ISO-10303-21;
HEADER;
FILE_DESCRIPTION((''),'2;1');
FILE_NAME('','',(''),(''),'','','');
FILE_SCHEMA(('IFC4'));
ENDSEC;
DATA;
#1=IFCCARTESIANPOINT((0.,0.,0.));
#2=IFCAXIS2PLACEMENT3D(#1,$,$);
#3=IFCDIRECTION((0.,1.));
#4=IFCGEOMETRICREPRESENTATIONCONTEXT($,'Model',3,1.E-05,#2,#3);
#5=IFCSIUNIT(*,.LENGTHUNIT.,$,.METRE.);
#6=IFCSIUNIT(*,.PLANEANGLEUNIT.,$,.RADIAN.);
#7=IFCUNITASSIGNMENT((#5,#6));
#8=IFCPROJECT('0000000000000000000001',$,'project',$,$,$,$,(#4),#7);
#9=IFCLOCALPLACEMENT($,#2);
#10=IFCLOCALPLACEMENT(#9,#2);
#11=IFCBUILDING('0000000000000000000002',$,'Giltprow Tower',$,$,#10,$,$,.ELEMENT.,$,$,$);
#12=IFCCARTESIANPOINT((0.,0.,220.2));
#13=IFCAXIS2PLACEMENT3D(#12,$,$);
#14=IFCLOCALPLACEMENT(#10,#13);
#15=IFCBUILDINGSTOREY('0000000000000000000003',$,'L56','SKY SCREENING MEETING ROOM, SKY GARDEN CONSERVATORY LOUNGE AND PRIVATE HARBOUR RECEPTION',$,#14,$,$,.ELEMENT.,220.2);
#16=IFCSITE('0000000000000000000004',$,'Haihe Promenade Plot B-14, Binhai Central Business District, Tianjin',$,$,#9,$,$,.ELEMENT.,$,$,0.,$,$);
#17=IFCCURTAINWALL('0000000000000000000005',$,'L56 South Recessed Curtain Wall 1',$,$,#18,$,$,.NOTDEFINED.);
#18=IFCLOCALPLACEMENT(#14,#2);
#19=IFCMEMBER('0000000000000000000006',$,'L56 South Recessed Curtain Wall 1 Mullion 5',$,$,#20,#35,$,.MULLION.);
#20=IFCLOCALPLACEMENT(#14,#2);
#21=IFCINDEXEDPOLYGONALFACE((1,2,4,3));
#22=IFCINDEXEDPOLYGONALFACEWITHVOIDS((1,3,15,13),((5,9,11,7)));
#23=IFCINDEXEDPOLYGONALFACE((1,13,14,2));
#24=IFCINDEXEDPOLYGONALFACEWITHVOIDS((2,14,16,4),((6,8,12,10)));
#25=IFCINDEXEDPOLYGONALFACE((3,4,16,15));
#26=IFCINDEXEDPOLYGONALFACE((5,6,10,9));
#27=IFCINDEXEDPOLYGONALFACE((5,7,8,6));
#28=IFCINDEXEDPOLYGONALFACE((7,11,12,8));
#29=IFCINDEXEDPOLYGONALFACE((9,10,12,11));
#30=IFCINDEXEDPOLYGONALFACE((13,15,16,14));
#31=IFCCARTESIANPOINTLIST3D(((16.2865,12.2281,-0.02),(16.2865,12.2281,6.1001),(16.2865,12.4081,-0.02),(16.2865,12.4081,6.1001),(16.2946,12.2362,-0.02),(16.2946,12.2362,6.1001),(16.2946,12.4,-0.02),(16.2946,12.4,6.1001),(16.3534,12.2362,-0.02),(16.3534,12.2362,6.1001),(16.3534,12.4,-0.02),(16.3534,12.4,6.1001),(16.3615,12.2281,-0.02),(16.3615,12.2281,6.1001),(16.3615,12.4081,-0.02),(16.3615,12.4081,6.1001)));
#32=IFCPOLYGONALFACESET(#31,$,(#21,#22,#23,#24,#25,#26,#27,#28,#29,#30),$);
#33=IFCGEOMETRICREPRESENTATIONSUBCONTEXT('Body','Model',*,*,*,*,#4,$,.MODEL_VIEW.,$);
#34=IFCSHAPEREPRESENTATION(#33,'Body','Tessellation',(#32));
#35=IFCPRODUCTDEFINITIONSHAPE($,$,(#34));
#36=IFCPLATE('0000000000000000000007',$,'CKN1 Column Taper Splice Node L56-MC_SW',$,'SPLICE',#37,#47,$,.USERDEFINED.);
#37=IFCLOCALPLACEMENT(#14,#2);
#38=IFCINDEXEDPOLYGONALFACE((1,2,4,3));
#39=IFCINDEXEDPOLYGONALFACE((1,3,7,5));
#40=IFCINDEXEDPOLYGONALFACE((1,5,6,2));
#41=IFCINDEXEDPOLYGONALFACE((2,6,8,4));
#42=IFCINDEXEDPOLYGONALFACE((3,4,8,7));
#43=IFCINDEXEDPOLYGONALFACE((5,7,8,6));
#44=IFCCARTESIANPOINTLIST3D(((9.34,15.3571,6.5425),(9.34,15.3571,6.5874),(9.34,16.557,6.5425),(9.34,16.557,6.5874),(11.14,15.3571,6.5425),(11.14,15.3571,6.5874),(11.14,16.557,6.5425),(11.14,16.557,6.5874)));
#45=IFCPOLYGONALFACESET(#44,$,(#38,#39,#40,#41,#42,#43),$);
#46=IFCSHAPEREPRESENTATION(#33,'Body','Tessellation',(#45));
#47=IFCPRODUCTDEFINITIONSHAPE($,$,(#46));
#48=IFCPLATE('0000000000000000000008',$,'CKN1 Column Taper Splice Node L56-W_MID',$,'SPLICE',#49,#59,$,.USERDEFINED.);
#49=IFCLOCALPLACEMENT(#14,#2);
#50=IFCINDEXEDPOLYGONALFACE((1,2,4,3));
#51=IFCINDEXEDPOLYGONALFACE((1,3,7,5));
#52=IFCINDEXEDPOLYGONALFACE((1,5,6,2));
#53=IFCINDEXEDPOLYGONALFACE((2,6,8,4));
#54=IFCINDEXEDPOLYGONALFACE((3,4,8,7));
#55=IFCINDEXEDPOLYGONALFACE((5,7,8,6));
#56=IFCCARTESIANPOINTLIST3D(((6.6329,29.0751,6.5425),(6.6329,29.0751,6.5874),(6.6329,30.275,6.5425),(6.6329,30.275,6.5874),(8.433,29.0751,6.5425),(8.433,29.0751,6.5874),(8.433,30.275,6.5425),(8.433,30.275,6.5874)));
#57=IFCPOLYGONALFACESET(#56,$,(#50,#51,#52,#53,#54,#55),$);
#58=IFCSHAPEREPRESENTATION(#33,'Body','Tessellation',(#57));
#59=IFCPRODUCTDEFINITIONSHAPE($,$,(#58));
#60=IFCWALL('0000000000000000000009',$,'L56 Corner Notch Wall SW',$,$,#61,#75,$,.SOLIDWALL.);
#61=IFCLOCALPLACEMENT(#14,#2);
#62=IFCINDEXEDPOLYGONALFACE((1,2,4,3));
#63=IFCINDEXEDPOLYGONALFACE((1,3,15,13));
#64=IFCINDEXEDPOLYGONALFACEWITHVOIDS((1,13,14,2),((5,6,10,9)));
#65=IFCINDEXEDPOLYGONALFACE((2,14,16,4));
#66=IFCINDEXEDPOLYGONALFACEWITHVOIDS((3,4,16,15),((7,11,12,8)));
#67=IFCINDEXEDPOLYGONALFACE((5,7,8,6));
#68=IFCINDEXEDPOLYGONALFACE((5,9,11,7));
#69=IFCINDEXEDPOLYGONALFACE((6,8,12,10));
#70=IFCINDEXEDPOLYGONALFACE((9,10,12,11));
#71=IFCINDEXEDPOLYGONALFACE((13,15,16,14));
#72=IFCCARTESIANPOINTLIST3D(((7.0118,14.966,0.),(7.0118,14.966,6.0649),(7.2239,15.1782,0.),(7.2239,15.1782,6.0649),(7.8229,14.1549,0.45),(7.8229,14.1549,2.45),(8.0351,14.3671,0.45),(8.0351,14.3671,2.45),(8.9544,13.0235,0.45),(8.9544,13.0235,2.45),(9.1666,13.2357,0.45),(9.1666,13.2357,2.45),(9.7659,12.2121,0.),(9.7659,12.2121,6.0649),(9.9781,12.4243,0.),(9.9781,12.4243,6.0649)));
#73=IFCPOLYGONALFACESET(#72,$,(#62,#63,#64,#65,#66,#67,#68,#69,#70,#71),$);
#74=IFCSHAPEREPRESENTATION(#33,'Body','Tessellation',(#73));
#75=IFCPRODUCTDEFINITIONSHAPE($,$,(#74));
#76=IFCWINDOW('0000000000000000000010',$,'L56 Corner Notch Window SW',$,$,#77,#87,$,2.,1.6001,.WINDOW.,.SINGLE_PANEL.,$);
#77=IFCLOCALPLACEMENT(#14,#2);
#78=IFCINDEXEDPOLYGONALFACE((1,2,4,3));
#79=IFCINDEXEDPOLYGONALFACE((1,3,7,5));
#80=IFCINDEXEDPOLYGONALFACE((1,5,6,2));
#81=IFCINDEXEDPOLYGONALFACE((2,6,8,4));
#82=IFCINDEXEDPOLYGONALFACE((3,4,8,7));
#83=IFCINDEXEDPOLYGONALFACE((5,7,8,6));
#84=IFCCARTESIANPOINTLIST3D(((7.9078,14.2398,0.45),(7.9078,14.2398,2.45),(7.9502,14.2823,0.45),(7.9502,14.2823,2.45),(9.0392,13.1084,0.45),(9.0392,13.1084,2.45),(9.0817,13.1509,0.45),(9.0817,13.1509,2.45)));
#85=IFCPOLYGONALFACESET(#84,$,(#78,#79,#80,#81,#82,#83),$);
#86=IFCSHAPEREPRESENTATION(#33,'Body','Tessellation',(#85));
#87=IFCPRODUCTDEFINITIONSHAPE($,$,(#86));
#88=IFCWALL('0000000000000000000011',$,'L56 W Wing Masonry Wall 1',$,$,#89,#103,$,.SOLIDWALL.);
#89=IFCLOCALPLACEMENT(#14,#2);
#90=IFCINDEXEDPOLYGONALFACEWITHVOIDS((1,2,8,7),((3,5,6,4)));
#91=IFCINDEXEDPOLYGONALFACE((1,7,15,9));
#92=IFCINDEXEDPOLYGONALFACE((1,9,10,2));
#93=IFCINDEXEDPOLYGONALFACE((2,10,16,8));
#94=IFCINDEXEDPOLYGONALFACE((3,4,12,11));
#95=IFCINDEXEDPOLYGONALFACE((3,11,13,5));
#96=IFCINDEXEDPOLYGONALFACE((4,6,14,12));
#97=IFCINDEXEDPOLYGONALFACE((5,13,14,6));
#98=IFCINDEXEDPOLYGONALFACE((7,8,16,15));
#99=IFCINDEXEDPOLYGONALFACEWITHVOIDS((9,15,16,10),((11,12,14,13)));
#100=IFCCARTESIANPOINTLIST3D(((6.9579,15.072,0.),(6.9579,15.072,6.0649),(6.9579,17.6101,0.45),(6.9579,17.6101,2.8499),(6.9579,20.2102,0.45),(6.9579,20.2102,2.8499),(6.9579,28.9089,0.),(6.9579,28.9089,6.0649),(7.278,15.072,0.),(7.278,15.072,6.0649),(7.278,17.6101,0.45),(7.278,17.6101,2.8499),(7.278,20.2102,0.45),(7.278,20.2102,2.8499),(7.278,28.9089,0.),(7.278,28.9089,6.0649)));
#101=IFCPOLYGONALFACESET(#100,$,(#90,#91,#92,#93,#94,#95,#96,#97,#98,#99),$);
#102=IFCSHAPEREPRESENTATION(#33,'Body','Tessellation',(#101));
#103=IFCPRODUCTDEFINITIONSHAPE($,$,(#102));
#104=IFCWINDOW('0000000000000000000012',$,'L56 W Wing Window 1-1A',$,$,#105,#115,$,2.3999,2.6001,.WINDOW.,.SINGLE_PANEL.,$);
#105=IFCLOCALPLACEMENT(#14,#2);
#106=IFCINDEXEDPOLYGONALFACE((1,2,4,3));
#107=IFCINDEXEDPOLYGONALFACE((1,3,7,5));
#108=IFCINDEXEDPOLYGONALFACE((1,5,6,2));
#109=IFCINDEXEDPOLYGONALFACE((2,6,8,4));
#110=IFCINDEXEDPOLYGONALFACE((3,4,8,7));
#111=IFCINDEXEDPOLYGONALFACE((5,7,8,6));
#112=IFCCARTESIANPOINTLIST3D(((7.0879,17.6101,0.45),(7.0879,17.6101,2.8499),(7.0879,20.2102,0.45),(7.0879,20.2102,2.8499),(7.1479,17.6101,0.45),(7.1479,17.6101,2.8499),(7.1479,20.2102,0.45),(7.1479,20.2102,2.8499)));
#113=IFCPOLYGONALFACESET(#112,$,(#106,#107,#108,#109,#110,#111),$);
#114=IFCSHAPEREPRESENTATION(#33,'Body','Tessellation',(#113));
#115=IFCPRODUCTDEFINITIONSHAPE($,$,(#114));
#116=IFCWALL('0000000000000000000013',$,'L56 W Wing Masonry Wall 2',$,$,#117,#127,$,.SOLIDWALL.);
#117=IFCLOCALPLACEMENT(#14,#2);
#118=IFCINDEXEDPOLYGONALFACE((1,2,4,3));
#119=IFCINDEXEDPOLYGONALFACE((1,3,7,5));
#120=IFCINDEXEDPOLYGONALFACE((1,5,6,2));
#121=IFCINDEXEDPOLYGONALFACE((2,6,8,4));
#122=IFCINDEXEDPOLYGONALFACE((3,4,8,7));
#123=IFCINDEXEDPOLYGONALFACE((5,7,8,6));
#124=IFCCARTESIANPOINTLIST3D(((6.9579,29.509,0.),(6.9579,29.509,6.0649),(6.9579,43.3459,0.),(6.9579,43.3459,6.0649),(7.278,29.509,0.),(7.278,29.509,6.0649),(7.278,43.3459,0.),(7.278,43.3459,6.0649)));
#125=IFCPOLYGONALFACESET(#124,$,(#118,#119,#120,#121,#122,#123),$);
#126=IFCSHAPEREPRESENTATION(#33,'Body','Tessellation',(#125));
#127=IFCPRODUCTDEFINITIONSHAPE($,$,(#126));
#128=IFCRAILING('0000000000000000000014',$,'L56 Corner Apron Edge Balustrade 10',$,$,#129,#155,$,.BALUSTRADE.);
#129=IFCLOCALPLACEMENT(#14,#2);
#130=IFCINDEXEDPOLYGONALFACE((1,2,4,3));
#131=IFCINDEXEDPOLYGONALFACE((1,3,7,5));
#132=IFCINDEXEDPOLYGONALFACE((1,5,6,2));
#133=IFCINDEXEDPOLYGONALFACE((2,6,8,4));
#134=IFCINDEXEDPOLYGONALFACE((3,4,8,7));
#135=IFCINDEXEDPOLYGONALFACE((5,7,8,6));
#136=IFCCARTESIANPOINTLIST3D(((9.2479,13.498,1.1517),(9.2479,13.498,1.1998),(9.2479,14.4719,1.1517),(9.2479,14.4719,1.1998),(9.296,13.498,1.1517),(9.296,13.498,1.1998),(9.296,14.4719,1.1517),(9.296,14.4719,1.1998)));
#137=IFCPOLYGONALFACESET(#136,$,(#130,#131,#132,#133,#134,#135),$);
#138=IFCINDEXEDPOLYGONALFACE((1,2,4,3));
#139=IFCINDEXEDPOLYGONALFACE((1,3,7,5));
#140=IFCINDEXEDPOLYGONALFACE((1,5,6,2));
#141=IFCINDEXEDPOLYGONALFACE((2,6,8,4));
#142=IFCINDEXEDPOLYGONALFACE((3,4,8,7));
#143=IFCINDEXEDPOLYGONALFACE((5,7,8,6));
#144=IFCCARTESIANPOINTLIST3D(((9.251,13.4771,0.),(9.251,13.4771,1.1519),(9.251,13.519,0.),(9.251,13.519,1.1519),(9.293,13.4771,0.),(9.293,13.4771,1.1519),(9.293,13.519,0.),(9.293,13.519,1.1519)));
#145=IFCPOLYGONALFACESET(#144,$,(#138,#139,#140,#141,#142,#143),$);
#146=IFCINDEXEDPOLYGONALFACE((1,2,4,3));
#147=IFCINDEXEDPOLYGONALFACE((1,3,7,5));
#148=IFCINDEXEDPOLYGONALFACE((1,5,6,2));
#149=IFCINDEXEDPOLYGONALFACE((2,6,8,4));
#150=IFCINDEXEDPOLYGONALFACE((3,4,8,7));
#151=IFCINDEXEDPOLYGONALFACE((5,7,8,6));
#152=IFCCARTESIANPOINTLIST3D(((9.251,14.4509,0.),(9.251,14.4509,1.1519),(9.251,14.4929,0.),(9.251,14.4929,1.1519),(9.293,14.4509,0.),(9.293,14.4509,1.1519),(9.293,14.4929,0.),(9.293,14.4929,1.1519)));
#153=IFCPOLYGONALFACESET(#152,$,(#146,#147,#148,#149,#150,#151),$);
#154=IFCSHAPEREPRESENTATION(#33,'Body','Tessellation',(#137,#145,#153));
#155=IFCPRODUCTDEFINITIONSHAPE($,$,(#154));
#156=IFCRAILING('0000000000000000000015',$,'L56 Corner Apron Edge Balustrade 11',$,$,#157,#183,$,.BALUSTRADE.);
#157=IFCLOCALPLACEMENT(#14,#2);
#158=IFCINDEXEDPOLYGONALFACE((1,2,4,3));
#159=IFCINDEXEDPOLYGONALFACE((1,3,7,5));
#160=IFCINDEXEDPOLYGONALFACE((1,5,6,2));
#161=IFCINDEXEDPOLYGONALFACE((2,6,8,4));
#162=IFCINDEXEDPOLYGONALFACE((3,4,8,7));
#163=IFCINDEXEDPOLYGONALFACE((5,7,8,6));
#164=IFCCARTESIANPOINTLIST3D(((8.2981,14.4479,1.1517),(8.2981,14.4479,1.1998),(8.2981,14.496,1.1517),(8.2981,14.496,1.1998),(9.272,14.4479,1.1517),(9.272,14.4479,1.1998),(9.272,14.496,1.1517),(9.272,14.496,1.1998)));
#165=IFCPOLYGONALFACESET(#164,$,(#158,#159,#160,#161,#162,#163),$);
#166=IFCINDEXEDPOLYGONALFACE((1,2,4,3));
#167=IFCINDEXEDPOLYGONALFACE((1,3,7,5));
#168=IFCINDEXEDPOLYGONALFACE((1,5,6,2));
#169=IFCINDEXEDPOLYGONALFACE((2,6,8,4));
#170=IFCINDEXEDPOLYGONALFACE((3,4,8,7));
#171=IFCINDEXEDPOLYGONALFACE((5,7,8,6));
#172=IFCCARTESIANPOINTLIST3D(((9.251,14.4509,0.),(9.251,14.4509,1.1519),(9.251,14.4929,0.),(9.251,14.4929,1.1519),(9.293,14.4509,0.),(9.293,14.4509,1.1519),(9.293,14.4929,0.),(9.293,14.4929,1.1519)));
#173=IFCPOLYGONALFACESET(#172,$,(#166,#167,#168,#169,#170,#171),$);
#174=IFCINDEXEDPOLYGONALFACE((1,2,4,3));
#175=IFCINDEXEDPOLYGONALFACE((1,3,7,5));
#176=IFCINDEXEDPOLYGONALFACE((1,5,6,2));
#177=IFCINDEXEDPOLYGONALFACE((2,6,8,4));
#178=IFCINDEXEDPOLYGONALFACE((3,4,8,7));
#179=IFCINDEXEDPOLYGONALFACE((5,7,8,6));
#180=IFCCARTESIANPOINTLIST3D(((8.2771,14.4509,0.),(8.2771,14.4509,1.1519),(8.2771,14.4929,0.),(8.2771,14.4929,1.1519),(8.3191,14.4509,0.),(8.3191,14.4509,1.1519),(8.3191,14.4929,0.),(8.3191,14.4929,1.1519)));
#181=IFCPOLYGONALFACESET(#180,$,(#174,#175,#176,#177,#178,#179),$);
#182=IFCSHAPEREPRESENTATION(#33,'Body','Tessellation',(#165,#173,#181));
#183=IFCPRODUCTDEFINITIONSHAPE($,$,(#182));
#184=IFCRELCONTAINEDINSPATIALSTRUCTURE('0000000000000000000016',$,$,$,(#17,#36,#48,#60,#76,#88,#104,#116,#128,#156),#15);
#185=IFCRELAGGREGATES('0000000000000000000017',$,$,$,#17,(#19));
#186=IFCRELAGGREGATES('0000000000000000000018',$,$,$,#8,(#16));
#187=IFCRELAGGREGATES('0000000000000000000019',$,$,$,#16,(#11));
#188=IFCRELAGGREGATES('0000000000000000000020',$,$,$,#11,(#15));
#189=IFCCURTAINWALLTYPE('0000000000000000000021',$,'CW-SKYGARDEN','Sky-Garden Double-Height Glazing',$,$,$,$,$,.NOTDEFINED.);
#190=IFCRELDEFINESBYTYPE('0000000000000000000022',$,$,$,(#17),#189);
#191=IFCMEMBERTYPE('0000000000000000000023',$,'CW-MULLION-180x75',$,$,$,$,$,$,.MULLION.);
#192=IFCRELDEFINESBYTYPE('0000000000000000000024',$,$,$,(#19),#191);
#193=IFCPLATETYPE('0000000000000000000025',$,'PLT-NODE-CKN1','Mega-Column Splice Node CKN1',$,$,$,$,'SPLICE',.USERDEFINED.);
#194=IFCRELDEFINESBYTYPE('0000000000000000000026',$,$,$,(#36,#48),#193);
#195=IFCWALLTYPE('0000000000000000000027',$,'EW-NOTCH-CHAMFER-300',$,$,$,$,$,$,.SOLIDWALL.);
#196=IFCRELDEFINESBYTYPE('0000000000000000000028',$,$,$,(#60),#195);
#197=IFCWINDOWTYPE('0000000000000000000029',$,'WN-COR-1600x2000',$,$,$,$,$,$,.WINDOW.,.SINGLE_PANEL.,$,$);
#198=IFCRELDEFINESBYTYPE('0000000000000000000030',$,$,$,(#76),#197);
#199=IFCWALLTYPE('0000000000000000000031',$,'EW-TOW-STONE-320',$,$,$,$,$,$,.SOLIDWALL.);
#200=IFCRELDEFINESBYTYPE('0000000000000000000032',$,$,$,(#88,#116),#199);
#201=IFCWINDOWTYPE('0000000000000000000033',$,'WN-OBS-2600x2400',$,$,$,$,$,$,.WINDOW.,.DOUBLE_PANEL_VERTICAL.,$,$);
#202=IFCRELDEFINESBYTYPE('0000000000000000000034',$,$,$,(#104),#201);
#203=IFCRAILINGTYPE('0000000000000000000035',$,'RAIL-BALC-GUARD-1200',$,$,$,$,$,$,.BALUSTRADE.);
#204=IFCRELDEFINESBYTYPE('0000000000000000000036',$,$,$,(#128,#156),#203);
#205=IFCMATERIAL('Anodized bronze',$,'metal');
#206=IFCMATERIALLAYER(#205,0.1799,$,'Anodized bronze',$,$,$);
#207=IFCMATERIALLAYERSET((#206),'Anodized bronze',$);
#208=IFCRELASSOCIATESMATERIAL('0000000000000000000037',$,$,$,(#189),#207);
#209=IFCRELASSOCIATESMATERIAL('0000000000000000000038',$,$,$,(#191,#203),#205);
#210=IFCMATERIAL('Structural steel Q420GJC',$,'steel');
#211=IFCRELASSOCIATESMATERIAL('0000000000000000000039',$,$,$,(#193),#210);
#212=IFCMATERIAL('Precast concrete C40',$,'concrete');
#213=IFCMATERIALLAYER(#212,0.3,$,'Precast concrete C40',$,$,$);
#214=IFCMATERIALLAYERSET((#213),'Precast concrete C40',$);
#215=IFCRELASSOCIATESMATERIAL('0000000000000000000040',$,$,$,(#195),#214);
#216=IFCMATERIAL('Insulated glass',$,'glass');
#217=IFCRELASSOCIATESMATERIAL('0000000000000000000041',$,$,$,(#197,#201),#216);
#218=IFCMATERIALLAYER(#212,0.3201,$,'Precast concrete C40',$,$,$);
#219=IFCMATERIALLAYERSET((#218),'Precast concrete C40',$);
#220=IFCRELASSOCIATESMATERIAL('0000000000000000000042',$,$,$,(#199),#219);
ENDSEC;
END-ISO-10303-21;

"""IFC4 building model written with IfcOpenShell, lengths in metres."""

from ifc_helpers import new_model, si_unit, direction, frame, frame_2d, origin, origin_2d, place, context, subcontext, project, spatial, rectangle, hollow_rectangle, extrude, source, transform, mapped, material, layer, layer_set, material_profile, profile_set, type_object, element, fill, aggregate, save


model = new_model("IFC4")

# Units and contexts
model_context = context("Model", 3, precision=1e-05, world=origin(), true_north=direction((0.0, 1.0)))
body_context = subcontext(model_context, "Body", "Model", "MODEL_VIEW")
ifc_project = project(units=[si_unit("LENGTHUNIT", "METRE"), si_unit("PLANEANGLEUNIT", "RADIAN")], contexts=[model_context])

# Site, building, storey
site_placement = place(None, origin())
site = spatial("IfcSite", under=ifc_project, at=site_placement, Name="Haihe Promenade Plot B-14, Binhai Central Business District, Tianjin", CompositionType="ELEMENT", RefElevation=0.0)
building_placement = place(site_placement, origin())
building = spatial("IfcBuilding", under=site, at=building_placement, Name="Giltprow Tower", CompositionType="ELEMENT")
storey_placement = place(building_placement, frame((0.0, 0.0, 220.2)))
storey = spatial("IfcBuildingStorey", under=building, at=storey_placement, Name="L56", Description="SKY SCREENING MEETING ROOM, SKY GARDEN CONSERVATORY LOUNGE AND PRIVATE HARBOUR RECEPTION", CompositionType="ELEMENT", Elevation=220.2)

# Shared definitions
ifc_material_1 = material(Name="Structural steel Q420GJC", Category="steel")

# Curtain wall, member
ifc_material_2 = material(Name="Anodized bronze", Category="metal")
ifc_layer_1 = layer(ifc_material_2, 0.1799, Name="Anodized bronze")
ifc_layer_set_1 = layer_set([ifc_layer_1], Name="Anodized bronze")
curtain_wall_type = type_object("IfcCurtainWallType", Name="CW-SKYGARDEN", Description="Sky-Garden Double-Height Glazing", PredefinedType="NOTDEFINED", material=ifc_layer_set_1)
curtain_wall_placement = place(storey_placement, origin())
curtain_wall = element("IfcCurtainWall", 1, at=curtain_wall_placement, inside=storey, type_object=curtain_wall_type, Name="L56 South Recessed Curtain Wall 1", PredefinedType="NOTDEFINED")
ifc_material_profile_1 = material_profile(ifc_material_2, hollow_rectangle(XDim=0.075, YDim=0.1799, WallThickness=0.0081, at=origin_2d()), Name="RHS 180x75x8")
ifc_profile_set_1 = profile_set([ifc_material_profile_1], Name="Anodized bronze")
member_type_1 = type_object("IfcMemberType", Name="CW-MULLION-180x75", PredefinedType="MULLION", material=ifc_profile_set_1)
shared_shape_1 = source(origin(), body_context, "Body", "SweptSolid", [
    extrude(hollow_rectangle(XDim=0.075, YDim=0.1799, WallThickness=0.0081, at=origin_2d()), origin(), (0.0, 0.0, 1.0), 6.1201),
])
member_1_placement = place(storey_placement, frame((16.324, 12.3181, -0.02), z_axis=(0.0, 0.0, 1.0), x_axis=(1.0, 0.0, 0.0)))
member_1 = element("IfcMember", 2, at=member_1_placement, type_object=member_type_1, Name="L56 South Recessed Curtain Wall 1 Mullion 5", PredefinedType="MULLION", context=body_context, shape_type="MappedRepresentation", body=[
    mapped(shared_shape_1, transform((0.0, 0.0, 0.0), x_axis=(1.0, 0.0, 0.0), y_axis=(0.0, 1.0, 0.0), z_axis=(0.0, 0.0, 1.0), scale=1.0)),
])
aggregate(curtain_wall, [member_1])

# Plates
plate_type = type_object("IfcPlateType", Name="PLT-NODE-CKN1", Description="Mega-Column Splice Node CKN1", ElementType="SPLICE", PredefinedType="USERDEFINED", material=ifc_material_1)
shared_shape_2 = source(origin(), body_context, "Body", "SweptSolid", [
    extrude(rectangle(XDim=1.8, YDim=1.2, at=origin_2d()), origin(), (0.0, 0.0, 1.0), 0.0449),
])
for number, where, z_axis, x_axis, name in (
    (3, (10.24, 15.957, 6.5425), (0.0, 0.0, 1.0), (1.0, 0.0, 0.0), "CKN1 Column Taper Splice Node L56-MC_SW"),
    (4, (7.533, 29.675, 6.5425), (0.0, 0.0, 1.0), (1.0, 0.0, 0.0), "CKN1 Column Taper Splice Node L56-W_MID"),
):
    element("IfcPlate", number, at=place(storey_placement, frame(where, z_axis=z_axis, x_axis=x_axis)), inside=storey, type_object=plate_type, Name=name, ObjectType="SPLICE", PredefinedType="USERDEFINED", context=body_context, shape_type="MappedRepresentation", body=[
        mapped(shared_shape_2, transform((0.0, 0.0, 0.0), x_axis=(1.0, 0.0, 0.0), y_axis=(0.0, 1.0, 0.0), z_axis=(0.0, 0.0, 1.0), scale=1.0)),
    ])

# Walls, openings, windows
ifc_material_3 = material(Name="Precast concrete C40", Category="concrete")
ifc_layer_2 = layer(ifc_material_3, 0.3, Name="Precast concrete C40")
ifc_layer_set_2 = layer_set([ifc_layer_2], Name="Precast concrete C40")
wall_type_1 = type_object("IfcWallType", Name="EW-NOTCH-CHAMFER-300", PredefinedType="SOLIDWALL", material=ifc_layer_set_2)
wall_1_placement = place(storey_placement, frame((7.1179, 15.072, 0.0), z_axis=(0.0, 0.0, 1.0), x_axis=(0.707138, -0.707075, 0.0)))
wall_1 = element("IfcWall", 5, at=wall_1_placement, inside=storey, type_object=wall_type_1, Name="L56 Corner Notch Wall SW", PredefinedType="SOLIDWALL", context=body_context, shape_type="SweptSolid", body=[
    extrude(rectangle(XDim=3.8948, YDim=0.3, at=frame_2d((1.9473, 0.0))), origin(), (0.0, 0.0, 1.0), 6.0649),
])
opening_1_placement = place(wall_1_placement, frame((1.147, 0.0, 0.45)))
opening_1 = element("IfcOpeningElement", 6, at=opening_1_placement, cuts=wall_1, PredefinedType="OPENING", context=body_context, shape_type="SweptSolid", body=[
    extrude(rectangle(XDim=1.6001, YDim=2.0, at=frame_2d((0.8, 1.0))), frame((0.0, 0.1599, 0.0), z_axis=(0.0, -1.0, 0.0), x_axis=(1.0, 0.0, 0.0)), (0.0, 0.0, 1.0), 0.3201),
])
ifc_material_4 = material(Name="Insulated glass", Category="glass")
window_type_1 = type_object("IfcWindowType", Name="WN-COR-1600x2000", PartitioningType="SINGLE_PANEL", PredefinedType="WINDOW", material=ifc_material_4)
shared_shape_3 = source(origin(), body_context, "Body", "SweptSolid", [
    extrude(rectangle(XDim=1.6001, YDim=2.0, at=frame_2d((0.8, 1.0))), frame((0.0, 0.03, 0.0), z_axis=(0.0, -1.0, 0.0), x_axis=(1.0, 0.0, 0.0)), (0.0, 0.0, 1.0), 0.0601),
])
window_1_placement = place(opening_1_placement, origin())
window_1 = element("IfcWindow", 7, at=window_1_placement, inside=storey, type_object=window_type_1, Name="L56 Corner Notch Window SW", OverallHeight=2.0, OverallWidth=1.6001, PartitioningType="SINGLE_PANEL", PredefinedType="WINDOW", context=body_context, shape_type="MappedRepresentation", body=[
    mapped(shared_shape_3, transform((0.0, 0.0, 0.0), x_axis=(1.0, 0.0, 0.0), y_axis=(0.0, 1.0, 0.0), z_axis=(0.0, 0.0, 1.0), scale=1.0)),
])
fill(opening_1, window_1)
ifc_layer_3 = layer(ifc_material_3, 0.3201, Name="Precast concrete C40")
ifc_layer_set_3 = layer_set([ifc_layer_3], Name="Precast concrete C40")
wall_type_2 = type_object("IfcWallType", Name="EW-TOW-STONE-320", PredefinedType="SOLIDWALL", material=ifc_layer_set_3)
wall_2_placement = place(storey_placement, frame((7.1179, 15.072, 0.0), z_axis=(0.0, 0.0, 1.0), x_axis=(0.0, 1.0, 0.0)))
wall_2 = element("IfcWall", 8, at=wall_2_placement, inside=storey, type_object=wall_type_2, Name="L56 W Wing Masonry Wall 1", PredefinedType="SOLIDWALL", context=body_context, shape_type="SweptSolid", body=[
    extrude(rectangle(XDim=13.8369, YDim=0.3201, at=frame_2d((6.9185, 0.0))), origin(), (0.0, 0.0, 1.0), 6.0649),
])
opening_2_placement = place(wall_2_placement, frame((2.5381, 0.0, 0.45)))
opening_2 = element("IfcOpeningElement", 9, at=opening_2_placement, cuts=wall_2, PredefinedType="OPENING", context=body_context, shape_type="SweptSolid", body=[
    extrude(rectangle(XDim=2.6001, YDim=2.3999, at=frame_2d((1.3, 1.2))), frame((0.0, 0.1699, 0.0), z_axis=(0.0, -1.0, 0.0), x_axis=(1.0, 0.0, 0.0)), (0.0, 0.0, 1.0), 0.3401),
])
window_type_2 = type_object("IfcWindowType", Name="WN-OBS-2600x2400", PartitioningType="DOUBLE_PANEL_VERTICAL", PredefinedType="WINDOW", material=ifc_material_4)
shared_shape_4 = source(origin(), body_context, "Body", "SweptSolid", [
    extrude(rectangle(XDim=2.6001, YDim=2.3999, at=frame_2d((1.3, 1.2))), frame((0.0, 0.03, 0.0), z_axis=(0.0, -1.0, 0.0), x_axis=(1.0, 0.0, 0.0)), (0.0, 0.0, 1.0), 0.0601),
])
window_2_placement = place(opening_2_placement, origin())
window_2 = element("IfcWindow", 10, at=window_2_placement, inside=storey, type_object=window_type_2, Name="L56 W Wing Window 1-1A", OverallHeight=2.3999, OverallWidth=2.6001, PartitioningType="SINGLE_PANEL", PredefinedType="WINDOW", context=body_context, shape_type="MappedRepresentation", body=[
    mapped(shared_shape_4, transform((0.0, 0.0, 0.0), x_axis=(1.0, 0.0, 0.0), y_axis=(0.0, 1.0, 0.0), z_axis=(0.0, 0.0, 1.0), scale=1.0)),
])
fill(opening_2, window_2)

# Wall
wall_3_placement = place(storey_placement, frame((7.1179, 29.509, 0.0), z_axis=(0.0, 0.0, 1.0), x_axis=(0.0, 1.0, 0.0)))
element("IfcWall", 11, at=wall_3_placement, inside=storey, type_object=wall_type_2, Name="L56 W Wing Masonry Wall 2", PredefinedType="SOLIDWALL", context=body_context, shape_type="SweptSolid", body=[
    extrude(rectangle(XDim=13.8369, YDim=0.3201, at=frame_2d((6.9185, 0.0))), origin(), (0.0, 0.0, 1.0), 6.0649),
])

# Railings
railing_type = type_object("IfcRailingType", Name="RAIL-BALC-GUARD-1200", PredefinedType="BALUSTRADE", material=ifc_material_2)
railing_1_placement = place(storey_placement, frame((9.272, 13.498, 0.0)))
element("IfcRailing", 12, at=railing_1_placement, inside=storey, type_object=railing_type, Name="L56 Corner Apron Edge Balustrade 10", PredefinedType="BALUSTRADE", context=body_context, shape_type="SweptSolid", body=[
    extrude(rectangle(XDim=0.0481, YDim=0.0481, at=origin_2d()), frame((0.0, 0.0, 1.1758), z_axis=(0.0, 1.0, 0.0), x_axis=(-1.0, 0.0, 0.0)), (0.0, 0.0, 1.0), 0.9739),
    extrude(rectangle(XDim=0.042, YDim=0.042, at=origin_2d()), origin(), (0.0, 0.0, 1.0), 1.1519),
    extrude(rectangle(XDim=0.042, YDim=0.042, at=origin_2d()), frame((0.0, 0.9739, 0.0)), (0.0, 0.0, 1.0), 1.1519),
])
railing_2_placement = place(storey_placement, frame((9.272, 14.4719, 0.0)))
element("IfcRailing", 13, at=railing_2_placement, inside=storey, type_object=railing_type, Name="L56 Corner Apron Edge Balustrade 11", PredefinedType="BALUSTRADE", context=body_context, shape_type="SweptSolid", body=[
    extrude(rectangle(XDim=0.0481, YDim=0.0481, at=origin_2d()), frame((0.0, 0.0, 1.1758), z_axis=(-1.0, 0.0, 0.0), x_axis=(0.0, -1.0, 0.0)), (0.0, 0.0, 1.0), 0.9739),
    extrude(rectangle(XDim=0.042, YDim=0.042, at=origin_2d()), origin(), (0.0, 0.0, 1.0), 1.1519),
    extrude(rectangle(XDim=0.042, YDim=0.042, at=origin_2d()), frame((-0.9739, 0.0, 0.0)), (0.0, 0.0, 1.0), 1.1519),
])

save(model, "model.ifc")
